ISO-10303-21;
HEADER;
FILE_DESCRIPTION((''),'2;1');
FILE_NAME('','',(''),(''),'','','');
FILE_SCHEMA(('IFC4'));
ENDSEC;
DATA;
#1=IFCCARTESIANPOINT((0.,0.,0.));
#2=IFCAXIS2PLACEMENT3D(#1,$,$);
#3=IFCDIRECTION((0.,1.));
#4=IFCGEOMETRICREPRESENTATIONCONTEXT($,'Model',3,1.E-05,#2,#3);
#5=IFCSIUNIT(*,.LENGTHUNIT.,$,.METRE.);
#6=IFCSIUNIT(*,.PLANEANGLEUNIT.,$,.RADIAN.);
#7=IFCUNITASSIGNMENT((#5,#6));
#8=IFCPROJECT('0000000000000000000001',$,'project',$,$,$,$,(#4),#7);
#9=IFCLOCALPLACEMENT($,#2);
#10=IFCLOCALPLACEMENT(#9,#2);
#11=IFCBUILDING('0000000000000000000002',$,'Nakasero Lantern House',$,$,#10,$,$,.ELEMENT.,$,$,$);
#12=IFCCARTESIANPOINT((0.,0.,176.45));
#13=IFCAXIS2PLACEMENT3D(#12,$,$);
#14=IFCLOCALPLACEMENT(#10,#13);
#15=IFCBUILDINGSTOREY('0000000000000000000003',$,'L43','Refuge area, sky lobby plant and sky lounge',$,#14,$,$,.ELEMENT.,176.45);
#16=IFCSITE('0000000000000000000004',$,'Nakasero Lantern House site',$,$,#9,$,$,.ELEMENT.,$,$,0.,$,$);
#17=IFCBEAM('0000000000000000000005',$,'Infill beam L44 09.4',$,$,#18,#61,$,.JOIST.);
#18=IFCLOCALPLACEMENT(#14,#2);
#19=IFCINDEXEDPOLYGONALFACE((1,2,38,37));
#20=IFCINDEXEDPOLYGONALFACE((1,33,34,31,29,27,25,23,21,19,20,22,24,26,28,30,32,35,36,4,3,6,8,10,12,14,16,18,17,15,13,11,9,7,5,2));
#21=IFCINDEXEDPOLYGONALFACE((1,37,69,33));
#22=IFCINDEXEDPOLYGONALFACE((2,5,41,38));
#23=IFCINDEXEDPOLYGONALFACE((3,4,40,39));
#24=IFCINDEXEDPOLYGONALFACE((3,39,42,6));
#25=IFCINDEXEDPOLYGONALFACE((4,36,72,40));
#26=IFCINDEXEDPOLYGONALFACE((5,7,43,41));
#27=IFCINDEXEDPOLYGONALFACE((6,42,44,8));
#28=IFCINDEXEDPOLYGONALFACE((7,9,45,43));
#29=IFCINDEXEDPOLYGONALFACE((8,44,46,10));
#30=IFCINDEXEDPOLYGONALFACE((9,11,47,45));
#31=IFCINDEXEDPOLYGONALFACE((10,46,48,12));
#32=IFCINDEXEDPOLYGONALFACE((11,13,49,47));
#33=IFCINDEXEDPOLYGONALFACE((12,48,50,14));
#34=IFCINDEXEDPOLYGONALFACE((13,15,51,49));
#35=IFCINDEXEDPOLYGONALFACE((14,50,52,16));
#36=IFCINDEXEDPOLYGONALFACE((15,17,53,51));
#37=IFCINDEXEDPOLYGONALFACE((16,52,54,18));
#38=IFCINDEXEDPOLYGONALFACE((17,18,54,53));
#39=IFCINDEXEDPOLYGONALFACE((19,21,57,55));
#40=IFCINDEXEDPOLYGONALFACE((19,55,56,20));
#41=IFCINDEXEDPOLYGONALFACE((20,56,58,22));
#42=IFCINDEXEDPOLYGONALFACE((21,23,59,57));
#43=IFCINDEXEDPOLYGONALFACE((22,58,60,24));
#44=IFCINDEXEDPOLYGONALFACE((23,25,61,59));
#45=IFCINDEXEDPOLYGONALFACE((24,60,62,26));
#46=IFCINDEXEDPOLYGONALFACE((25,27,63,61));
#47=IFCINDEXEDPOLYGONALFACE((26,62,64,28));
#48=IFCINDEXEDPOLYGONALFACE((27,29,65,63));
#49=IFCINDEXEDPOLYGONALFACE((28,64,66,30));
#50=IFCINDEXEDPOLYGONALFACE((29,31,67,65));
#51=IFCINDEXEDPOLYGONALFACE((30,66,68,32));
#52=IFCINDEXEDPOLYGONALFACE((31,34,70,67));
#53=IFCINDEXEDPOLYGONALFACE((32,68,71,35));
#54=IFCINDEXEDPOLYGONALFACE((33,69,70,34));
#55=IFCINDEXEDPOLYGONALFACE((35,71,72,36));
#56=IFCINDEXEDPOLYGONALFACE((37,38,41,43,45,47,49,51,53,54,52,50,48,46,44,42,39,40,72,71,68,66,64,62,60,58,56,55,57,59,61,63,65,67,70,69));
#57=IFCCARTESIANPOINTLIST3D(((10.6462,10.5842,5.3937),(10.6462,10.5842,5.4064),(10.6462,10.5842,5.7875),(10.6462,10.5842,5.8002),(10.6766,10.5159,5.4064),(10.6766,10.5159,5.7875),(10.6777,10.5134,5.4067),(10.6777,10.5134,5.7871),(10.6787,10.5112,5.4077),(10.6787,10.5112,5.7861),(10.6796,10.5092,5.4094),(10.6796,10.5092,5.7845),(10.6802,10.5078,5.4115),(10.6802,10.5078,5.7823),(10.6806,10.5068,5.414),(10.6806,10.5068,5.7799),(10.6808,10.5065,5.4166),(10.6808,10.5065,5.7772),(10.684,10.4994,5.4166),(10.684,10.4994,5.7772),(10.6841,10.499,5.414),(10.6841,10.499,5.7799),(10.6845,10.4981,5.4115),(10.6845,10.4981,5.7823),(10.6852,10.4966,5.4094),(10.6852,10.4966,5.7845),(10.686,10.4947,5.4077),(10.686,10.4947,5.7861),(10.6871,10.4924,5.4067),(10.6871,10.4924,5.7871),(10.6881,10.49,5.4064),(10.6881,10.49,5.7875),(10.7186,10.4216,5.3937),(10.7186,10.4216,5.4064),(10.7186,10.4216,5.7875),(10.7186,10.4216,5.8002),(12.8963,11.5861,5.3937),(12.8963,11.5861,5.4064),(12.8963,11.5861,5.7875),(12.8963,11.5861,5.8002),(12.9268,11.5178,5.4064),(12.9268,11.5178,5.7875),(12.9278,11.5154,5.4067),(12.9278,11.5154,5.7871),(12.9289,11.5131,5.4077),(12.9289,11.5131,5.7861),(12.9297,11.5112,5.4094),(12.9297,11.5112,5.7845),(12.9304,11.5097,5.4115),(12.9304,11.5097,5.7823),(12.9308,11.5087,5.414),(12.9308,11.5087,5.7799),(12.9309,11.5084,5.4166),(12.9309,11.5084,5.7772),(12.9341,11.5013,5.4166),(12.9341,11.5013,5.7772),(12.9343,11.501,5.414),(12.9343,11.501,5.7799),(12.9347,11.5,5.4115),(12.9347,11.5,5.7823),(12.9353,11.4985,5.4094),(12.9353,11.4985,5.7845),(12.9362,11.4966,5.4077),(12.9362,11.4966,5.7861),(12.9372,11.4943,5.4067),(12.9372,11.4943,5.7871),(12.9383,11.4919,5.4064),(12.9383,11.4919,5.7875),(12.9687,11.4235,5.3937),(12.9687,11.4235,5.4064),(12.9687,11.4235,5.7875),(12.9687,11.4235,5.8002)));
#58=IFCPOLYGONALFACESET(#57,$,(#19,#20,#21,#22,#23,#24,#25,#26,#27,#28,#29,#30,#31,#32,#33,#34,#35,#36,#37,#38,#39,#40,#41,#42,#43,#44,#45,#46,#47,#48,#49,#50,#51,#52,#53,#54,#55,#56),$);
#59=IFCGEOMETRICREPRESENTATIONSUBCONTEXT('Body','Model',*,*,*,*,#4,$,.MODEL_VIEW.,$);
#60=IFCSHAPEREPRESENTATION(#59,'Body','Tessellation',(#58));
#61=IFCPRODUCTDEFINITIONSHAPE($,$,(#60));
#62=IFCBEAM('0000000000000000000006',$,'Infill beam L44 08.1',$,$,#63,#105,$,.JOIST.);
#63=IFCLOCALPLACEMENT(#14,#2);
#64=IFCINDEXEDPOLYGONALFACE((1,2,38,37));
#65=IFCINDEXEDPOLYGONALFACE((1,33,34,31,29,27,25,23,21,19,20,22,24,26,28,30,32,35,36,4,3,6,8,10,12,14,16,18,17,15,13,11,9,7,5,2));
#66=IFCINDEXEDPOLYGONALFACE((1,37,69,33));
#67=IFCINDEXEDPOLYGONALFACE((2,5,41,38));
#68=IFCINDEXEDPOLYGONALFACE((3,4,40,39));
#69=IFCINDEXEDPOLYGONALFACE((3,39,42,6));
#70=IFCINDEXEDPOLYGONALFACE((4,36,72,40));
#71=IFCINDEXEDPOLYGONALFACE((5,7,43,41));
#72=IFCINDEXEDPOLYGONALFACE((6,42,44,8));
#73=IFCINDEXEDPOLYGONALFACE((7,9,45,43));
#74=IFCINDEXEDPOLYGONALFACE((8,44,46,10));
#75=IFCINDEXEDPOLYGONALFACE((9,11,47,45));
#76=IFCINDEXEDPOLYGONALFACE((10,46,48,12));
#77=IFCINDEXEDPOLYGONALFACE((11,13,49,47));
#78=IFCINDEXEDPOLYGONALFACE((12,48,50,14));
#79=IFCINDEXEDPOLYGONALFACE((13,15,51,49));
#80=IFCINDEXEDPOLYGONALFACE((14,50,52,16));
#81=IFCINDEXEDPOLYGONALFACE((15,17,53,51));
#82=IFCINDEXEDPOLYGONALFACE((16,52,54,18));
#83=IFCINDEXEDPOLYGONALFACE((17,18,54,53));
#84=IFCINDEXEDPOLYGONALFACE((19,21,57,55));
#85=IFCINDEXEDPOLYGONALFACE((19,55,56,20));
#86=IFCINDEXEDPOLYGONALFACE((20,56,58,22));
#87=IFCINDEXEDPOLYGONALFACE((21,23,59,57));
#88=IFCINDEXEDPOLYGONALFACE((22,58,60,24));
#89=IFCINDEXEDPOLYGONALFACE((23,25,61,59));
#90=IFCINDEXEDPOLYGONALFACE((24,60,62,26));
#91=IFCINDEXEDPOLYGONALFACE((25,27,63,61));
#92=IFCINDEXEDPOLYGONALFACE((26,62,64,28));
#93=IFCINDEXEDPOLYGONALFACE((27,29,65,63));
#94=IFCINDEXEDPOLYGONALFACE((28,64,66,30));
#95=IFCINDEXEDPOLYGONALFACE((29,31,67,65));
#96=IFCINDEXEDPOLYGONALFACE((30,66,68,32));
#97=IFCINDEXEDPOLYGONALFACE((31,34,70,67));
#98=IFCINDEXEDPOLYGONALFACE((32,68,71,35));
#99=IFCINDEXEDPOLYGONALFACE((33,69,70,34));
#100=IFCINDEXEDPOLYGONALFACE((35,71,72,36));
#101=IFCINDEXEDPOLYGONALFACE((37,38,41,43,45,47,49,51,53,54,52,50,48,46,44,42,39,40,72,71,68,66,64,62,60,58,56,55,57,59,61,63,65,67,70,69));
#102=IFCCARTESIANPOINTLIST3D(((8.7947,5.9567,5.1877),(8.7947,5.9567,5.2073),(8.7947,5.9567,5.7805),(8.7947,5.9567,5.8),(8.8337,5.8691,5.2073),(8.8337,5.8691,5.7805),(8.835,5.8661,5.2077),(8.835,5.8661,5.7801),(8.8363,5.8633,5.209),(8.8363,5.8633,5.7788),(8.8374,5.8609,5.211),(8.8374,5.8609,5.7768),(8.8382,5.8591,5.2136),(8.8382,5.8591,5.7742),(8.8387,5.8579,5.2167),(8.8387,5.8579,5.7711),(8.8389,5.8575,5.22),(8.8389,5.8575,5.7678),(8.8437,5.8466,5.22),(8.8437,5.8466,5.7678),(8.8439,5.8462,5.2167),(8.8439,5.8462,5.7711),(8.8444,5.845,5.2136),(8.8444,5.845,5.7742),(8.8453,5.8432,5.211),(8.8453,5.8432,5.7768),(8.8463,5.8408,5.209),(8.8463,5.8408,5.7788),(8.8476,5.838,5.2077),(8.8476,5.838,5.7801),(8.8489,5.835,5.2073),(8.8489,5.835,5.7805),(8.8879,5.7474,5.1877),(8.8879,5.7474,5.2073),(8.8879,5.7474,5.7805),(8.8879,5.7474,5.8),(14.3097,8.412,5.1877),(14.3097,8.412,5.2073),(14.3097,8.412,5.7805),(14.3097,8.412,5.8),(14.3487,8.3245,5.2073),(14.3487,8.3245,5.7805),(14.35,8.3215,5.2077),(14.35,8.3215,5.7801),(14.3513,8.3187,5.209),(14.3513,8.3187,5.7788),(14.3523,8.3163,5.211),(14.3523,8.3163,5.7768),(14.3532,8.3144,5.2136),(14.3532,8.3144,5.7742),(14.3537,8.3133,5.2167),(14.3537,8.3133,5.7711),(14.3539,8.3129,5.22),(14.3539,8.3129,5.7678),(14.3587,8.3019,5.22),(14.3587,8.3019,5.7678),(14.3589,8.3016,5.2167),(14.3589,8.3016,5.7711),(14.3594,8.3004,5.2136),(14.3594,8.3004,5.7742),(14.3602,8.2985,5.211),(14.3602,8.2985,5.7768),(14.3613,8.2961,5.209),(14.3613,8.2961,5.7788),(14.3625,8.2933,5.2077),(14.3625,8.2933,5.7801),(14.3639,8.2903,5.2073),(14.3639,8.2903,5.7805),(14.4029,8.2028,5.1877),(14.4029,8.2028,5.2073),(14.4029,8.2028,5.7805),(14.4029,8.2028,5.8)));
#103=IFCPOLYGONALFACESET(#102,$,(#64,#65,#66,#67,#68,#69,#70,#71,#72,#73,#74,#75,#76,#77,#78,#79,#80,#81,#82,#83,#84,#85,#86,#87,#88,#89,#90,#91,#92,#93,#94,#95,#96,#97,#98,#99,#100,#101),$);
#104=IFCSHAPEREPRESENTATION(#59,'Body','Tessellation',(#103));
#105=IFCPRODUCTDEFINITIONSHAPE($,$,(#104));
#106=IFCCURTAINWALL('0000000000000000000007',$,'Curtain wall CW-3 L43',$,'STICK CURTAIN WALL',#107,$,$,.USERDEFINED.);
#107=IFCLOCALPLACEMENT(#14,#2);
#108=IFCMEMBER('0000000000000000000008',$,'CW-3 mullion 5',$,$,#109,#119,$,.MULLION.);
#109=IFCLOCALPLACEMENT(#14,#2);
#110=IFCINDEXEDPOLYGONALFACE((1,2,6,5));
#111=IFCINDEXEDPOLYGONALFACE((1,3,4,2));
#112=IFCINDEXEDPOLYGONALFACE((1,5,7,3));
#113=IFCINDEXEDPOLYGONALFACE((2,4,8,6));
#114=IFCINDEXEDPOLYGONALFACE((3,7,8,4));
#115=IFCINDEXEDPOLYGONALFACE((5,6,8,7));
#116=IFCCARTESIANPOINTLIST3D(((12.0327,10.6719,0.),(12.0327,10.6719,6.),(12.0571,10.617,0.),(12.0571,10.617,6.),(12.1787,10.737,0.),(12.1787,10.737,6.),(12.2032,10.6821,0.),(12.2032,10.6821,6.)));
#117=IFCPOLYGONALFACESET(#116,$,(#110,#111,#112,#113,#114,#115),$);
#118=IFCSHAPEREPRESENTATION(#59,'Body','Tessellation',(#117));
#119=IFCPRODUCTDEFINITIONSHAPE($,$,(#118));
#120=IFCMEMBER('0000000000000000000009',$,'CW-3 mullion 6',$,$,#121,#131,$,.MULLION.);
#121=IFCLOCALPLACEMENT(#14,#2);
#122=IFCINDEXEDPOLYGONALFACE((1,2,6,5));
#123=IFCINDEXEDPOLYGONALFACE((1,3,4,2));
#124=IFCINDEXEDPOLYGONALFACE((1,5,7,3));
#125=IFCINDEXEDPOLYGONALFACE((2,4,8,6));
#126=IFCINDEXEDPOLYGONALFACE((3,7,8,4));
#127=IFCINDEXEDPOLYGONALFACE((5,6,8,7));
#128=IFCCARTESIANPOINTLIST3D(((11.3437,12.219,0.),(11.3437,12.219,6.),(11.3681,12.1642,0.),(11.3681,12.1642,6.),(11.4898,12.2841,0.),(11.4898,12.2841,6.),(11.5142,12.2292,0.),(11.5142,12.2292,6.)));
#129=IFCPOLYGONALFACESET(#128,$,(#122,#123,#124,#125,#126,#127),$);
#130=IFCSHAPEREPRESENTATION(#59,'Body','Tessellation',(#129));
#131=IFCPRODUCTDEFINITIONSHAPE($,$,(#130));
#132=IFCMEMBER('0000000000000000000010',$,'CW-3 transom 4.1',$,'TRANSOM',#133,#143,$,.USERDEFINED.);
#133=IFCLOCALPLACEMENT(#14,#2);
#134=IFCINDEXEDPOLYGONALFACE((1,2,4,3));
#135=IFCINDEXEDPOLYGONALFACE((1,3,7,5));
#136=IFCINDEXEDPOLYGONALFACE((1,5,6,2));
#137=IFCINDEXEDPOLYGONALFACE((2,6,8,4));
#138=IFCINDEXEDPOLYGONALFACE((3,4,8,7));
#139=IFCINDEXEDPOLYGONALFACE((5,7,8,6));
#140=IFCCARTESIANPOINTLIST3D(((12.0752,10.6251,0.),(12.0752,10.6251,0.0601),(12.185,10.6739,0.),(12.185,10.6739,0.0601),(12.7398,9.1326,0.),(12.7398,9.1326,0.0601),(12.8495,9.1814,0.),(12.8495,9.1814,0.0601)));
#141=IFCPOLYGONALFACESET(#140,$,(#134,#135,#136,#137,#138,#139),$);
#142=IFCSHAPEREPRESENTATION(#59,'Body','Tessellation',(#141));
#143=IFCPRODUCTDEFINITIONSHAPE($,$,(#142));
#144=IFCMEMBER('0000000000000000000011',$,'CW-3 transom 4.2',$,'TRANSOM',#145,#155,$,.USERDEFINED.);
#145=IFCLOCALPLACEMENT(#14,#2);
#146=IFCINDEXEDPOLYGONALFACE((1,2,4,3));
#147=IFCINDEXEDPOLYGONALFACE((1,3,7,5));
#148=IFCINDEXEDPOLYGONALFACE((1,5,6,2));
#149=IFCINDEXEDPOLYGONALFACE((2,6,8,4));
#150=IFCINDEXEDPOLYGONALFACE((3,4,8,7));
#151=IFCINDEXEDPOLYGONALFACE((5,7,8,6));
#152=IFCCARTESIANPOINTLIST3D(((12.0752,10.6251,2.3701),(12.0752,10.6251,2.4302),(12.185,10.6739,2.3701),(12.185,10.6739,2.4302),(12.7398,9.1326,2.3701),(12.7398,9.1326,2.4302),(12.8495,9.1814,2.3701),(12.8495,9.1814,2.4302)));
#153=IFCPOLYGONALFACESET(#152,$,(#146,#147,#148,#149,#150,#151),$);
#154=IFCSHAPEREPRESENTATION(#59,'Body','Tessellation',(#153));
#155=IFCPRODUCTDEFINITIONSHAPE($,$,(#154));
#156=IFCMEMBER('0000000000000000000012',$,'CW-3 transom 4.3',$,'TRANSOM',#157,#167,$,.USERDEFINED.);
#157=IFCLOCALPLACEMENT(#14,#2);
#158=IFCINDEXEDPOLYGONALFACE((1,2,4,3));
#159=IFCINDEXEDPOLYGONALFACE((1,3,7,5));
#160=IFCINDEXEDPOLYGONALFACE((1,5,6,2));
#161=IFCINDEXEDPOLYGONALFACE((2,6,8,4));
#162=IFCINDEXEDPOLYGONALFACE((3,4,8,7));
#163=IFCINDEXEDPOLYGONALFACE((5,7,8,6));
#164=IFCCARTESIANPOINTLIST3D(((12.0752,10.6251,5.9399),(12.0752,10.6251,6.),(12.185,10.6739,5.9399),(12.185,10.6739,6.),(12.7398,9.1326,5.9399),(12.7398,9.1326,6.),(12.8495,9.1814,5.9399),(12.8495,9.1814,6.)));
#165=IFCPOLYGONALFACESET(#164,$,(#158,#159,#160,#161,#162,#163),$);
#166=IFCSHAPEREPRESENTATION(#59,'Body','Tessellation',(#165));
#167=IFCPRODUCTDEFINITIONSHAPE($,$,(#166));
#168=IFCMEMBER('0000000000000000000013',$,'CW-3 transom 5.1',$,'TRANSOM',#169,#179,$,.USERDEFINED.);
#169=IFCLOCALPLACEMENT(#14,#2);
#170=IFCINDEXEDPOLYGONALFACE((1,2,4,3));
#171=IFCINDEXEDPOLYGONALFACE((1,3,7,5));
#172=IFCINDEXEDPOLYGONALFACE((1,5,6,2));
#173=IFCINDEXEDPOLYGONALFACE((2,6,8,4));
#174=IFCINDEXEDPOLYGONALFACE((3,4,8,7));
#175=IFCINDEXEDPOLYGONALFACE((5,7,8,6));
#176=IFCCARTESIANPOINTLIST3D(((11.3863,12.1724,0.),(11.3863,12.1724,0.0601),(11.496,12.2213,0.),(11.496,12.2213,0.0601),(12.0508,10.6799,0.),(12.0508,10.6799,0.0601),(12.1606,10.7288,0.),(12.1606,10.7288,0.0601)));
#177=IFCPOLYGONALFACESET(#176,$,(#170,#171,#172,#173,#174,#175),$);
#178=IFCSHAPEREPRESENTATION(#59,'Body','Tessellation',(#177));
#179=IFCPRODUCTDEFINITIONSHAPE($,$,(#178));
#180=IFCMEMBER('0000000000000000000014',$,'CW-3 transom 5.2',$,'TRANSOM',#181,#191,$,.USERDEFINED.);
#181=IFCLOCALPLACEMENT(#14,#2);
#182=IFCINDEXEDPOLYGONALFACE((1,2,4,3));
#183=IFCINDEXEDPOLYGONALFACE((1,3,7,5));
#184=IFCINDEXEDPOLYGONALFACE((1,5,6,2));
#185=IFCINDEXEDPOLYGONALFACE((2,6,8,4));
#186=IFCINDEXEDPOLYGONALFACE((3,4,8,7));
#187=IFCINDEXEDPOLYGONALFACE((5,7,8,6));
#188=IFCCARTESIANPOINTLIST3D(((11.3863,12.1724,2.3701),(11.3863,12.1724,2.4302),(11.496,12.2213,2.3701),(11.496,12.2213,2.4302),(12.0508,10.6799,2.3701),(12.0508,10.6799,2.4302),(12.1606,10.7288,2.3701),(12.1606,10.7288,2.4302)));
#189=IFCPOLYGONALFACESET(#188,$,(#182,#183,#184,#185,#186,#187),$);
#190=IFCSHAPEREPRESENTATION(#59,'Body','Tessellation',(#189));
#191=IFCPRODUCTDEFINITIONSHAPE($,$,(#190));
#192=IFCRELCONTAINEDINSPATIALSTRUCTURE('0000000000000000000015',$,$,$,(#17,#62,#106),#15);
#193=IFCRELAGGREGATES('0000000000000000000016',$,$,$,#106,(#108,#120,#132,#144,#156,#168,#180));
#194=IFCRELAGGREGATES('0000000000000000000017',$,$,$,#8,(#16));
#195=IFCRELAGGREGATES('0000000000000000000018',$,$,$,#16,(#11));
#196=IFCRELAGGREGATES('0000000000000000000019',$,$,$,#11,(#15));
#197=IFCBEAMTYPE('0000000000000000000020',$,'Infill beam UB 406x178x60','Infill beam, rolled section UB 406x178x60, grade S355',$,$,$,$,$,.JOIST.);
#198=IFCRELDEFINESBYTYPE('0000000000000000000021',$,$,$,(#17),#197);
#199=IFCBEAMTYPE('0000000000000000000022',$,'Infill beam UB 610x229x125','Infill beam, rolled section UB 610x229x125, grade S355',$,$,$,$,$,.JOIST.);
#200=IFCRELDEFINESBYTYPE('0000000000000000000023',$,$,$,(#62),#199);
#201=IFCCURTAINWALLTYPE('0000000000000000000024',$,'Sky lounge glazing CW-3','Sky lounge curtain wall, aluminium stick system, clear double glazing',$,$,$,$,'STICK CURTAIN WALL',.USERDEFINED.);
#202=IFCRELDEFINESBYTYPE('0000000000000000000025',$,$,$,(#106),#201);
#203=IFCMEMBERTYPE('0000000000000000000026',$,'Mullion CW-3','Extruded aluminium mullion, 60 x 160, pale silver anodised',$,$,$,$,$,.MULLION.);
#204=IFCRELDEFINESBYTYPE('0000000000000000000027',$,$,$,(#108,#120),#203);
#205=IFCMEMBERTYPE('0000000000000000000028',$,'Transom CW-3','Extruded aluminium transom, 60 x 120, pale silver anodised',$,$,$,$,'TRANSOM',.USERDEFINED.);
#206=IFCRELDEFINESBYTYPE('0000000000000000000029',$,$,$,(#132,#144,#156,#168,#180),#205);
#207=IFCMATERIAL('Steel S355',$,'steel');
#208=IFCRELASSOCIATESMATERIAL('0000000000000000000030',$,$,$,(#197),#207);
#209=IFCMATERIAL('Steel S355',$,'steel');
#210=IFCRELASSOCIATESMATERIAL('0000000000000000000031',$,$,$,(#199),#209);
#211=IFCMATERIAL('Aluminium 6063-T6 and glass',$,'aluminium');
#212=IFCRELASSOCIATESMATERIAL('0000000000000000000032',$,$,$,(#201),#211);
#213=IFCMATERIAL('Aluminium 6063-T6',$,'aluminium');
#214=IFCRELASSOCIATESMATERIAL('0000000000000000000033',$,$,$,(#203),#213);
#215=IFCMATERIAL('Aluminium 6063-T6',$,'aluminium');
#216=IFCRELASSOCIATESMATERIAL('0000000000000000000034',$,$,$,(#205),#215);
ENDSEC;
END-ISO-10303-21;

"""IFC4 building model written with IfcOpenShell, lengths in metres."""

from ifc_helpers import new_model, si_unit, direction, frame, origin, origin_2d, place, context, subcontext, project, spatial, rectangle, i_section, extrude, material, material_profile, profile_set, type_object, element, aggregate, save


model = new_model("IFC4")

# Units and contexts
model_context = context("Model", 3, precision=1e-05, world=origin(), true_north=direction((0.0, 1.0)))
body_context = subcontext(model_context, "Body", "Model", "MODEL_VIEW")
ifc_project = project(units=[si_unit("LENGTHUNIT", "METRE"), si_unit("PLANEANGLEUNIT", "RADIAN")], contexts=[model_context])

# Site, building, storey
site_placement = place(None, origin())
site = spatial("IfcSite", under=ifc_project, at=site_placement, Name="Nakasero Lantern House site", CompositionType="ELEMENT", RefElevation=0.0)
building_placement = place(site_placement, origin())
building = spatial("IfcBuilding", under=site, at=building_placement, Name="Nakasero Lantern House", CompositionType="ELEMENT")
storey_placement = place(building_placement, frame((0.0, 0.0, 176.45)))
storey = spatial("IfcBuildingStorey", under=building, at=storey_placement, Name="L43", Description="Refuge area, sky lobby plant and sky lounge", CompositionType="ELEMENT", Elevation=176.45)

# Beams
ifc_material_1 = material(Name="Steel S355", Category="steel")
ifc_material_profile_1 = material_profile(ifc_material_1, i_section(OverallWidth=0.178, OverallDepth=0.4065, WebThickness=0.0078, FlangeThickness=0.0127, FilletRadius=0.0103, at=origin_2d()), Name="UB 406x178x60")
ifc_profile_set_1 = profile_set([ifc_material_profile_1], Name="Steel S355")
beam_type_1 = type_object("IfcBeamType", Name="Infill beam UB 406x178x60", Description="Infill beam, rolled section UB 406x178x60, grade S355", PredefinedType="JOIST", material=ifc_profile_set_1)
beam_1_placement = place(storey_placement, frame((10.6824, 10.5029, 5.5969), z_axis=(0.913533, 0.406764, 0.0), x_axis=(-0.406764, 0.913533, 0.0)))
element("IfcBeam", 1, at=beam_1_placement, inside=storey, type_object=beam_type_1, Name="Infill beam L44 09.4", PredefinedType="JOIST", context=body_context, shape_type="SweptSolid", body=[
    extrude(i_section(OverallWidth=0.178, OverallDepth=0.4065, WebThickness=0.0078, FlangeThickness=0.0127, FilletRadius=0.0103, at=origin_2d()), origin(), (0.0, 0.0, 1.0), 2.4631),
])
ifc_material_2 = material(Name="Steel S355", Category="steel")
ifc_material_profile_2 = material_profile(ifc_material_2, i_section(OverallWidth=0.229, OverallDepth=0.6123, WebThickness=0.012, FlangeThickness=0.0195, FilletRadius=0.0127, at=origin_2d()), Name="UB 610x229x125")
ifc_profile_set_2 = profile_set([ifc_material_profile_2], Name="Steel S355")
beam_type_2 = type_object("IfcBeamType", Name="Infill beam UB 610x229x125", Description="Infill beam, rolled section UB 610x229x125, grade S355", PredefinedType="JOIST", material=ifc_profile_set_2)
beam_2_placement = place(storey_placement, frame((8.8413, 5.8521, 5.4939), z_axis=(0.91355, 0.406728, 0.0), x_axis=(-0.406728, 0.91355, 0.0)))
element("IfcBeam", 2, at=beam_2_placement, inside=storey, type_object=beam_type_2, Name="Infill beam L44 08.1", PredefinedType="JOIST", context=body_context, shape_type="SweptSolid", body=[
    extrude(i_section(OverallWidth=0.229, OverallDepth=0.6123, WebThickness=0.012, FlangeThickness=0.0195, FilletRadius=0.0127, at=origin_2d()), origin(), (0.0, 0.0, 1.0), 6.0369),
])

# Curtain wall, members
ifc_material_3 = material(Name="Aluminium 6063-T6 and glass", Category="aluminium")
curtain_wall_type = type_object("IfcCurtainWallType", Name="Sky lounge glazing CW-3", Description="Sky lounge curtain wall, aluminium stick system, clear double glazing", ElementType="STICK CURTAIN WALL", PredefinedType="USERDEFINED", material=ifc_material_3)
curtain_wall_placement = place(storey_placement, origin())
curtain_wall = element("IfcCurtainWall", 3, at=curtain_wall_placement, inside=storey, type_object=curtain_wall_type, Name="Curtain wall CW-3 L43", ObjectType="STICK CURTAIN WALL", PredefinedType="USERDEFINED")
ifc_material_4 = material(Name="Aluminium 6063-T6", Category="aluminium")
ifc_material_profile_3 = material_profile(ifc_material_4, rectangle(XDim=0.0601, YDim=0.1599, at=origin_2d()), Name="CW-3 mullion 60x160")
ifc_profile_set_3 = profile_set([ifc_material_profile_3], Name="Aluminium 6063-T6")
member_type_1 = type_object("IfcMemberType", Name="Mullion CW-3", Description="Extruded aluminium mullion, 60 x 160, pale silver anodised", PredefinedType="MULLION", material=ifc_profile_set_3)
member_1_placement = place(storey_placement, frame((12.1179, 10.677, 0.0), z_axis=(0.0, 0.0, 1.0), x_axis=(-0.406737, 0.913545, 0.0)))
member_1 = element("IfcMember", 4, at=member_1_placement, type_object=member_type_1, Name="CW-3 mullion 5", PredefinedType="MULLION", context=body_context, shape_type="SweptSolid", body=[
    extrude(rectangle(XDim=0.0601, YDim=0.1599, at=origin_2d()), origin(), (0.0, 0.0, 1.0), 6.0),
])
member_2_placement = place(storey_placement, frame((11.429, 12.2241, 0.0), z_axis=(0.0, 0.0, 1.0), x_axis=(-0.406737, 0.913545, 0.0)))
member_2 = element("IfcMember", 5, at=member_2_placement, type_object=member_type_1, Name="CW-3 mullion 6", PredefinedType="MULLION", context=body_context, shape_type="SweptSolid", body=[
    extrude(rectangle(XDim=0.0601, YDim=0.1599, at=origin_2d()), origin(), (0.0, 0.0, 1.0), 6.0),
])
ifc_material_5 = material(Name="Aluminium 6063-T6", Category="aluminium")
ifc_material_profile_4 = material_profile(ifc_material_5, rectangle(XDim=0.0601, YDim=0.1201, at=origin_2d()), Name="CW-3 transom 60x120")
ifc_profile_set_4 = profile_set([ifc_material_profile_4], Name="Aluminium 6063-T6")
member_type_2 = type_object("IfcMemberType", Name="Transom CW-3", Description="Extruded aluminium transom, 60 x 120, pale silver anodised", ElementType="TRANSOM", PredefinedType="USERDEFINED", material=ifc_profile_set_4)
member_3_placement = place(storey_placement, frame((12.7947, 9.157, 0.03), z_axis=(-0.406776, 0.913528, 0.0), x_axis=(0.0, 0.0, 1.0)))
member_3 = element("IfcMember", 6, at=member_3_placement, type_object=member_type_2, Name="CW-3 transom 4.1", ObjectType="TRANSOM", PredefinedType="USERDEFINED", context=body_context, shape_type="SweptSolid", body=[
    extrude(rectangle(XDim=0.0601, YDim=0.1201, at=origin_2d()), origin(), (0.0, 0.0, 1.0), 1.6338),
])
member_4_placement = place(storey_placement, frame((12.7947, 9.157, 2.4001), z_axis=(-0.406776, 0.913528, 0.0), x_axis=(0.0, 0.0, 1.0)))
member_4 = element("IfcMember", 7, at=member_4_placement, type_object=member_type_2, Name="CW-3 transom 4.2", ObjectType="TRANSOM", PredefinedType="USERDEFINED", context=body_context, shape_type="SweptSolid", body=[
    extrude(rectangle(XDim=0.0601, YDim=0.1201, at=origin_2d()), origin(), (0.0, 0.0, 1.0), 1.6338),
])
member_5_placement = place(storey_placement, frame((12.7947, 9.157, 5.97), z_axis=(-0.406776, 0.913528, 0.0), x_axis=(0.0, 0.0, 1.0)))
member_5 = element("IfcMember", 8, at=member_5_placement, type_object=member_type_2, Name="CW-3 transom 4.3", ObjectType="TRANSOM", PredefinedType="USERDEFINED", context=body_context, shape_type="SweptSolid", body=[
    extrude(rectangle(XDim=0.0601, YDim=0.1201, at=origin_2d()), origin(), (0.0, 0.0, 1.0), 1.6338),
])
member_6_placement = place(storey_placement, frame((12.1057, 10.7043, 0.03), z_axis=(-0.406776, 0.913528, 0.0), x_axis=(0.0, 0.0, 1.0)))
member_6 = element("IfcMember", 9, at=member_6_placement, type_object=member_type_2, Name="CW-3 transom 5.1", ObjectType="TRANSOM", PredefinedType="USERDEFINED", context=body_context, shape_type="SweptSolid", body=[
    extrude(rectangle(XDim=0.0601, YDim=0.1201, at=origin_2d()), origin(), (0.0, 0.0, 1.0), 1.6338),
])
member_7_placement = place(storey_placement, frame((12.1057, 10.7043, 2.4001), z_axis=(-0.406776, 0.913528, 0.0), x_axis=(0.0, 0.0, 1.0)))
member_7 = element("IfcMember", 10, at=member_7_placement, type_object=member_type_2, Name="CW-3 transom 5.2", ObjectType="TRANSOM", PredefinedType="USERDEFINED", context=body_context, shape_type="SweptSolid", body=[
    extrude(rectangle(XDim=0.0601, YDim=0.1201, at=origin_2d()), origin(), (0.0, 0.0, 1.0), 1.6338),
])
aggregate(curtain_wall, [member_1, member_2, member_3, member_4, member_5, member_6, member_7])

save(model, "model.ifc")
